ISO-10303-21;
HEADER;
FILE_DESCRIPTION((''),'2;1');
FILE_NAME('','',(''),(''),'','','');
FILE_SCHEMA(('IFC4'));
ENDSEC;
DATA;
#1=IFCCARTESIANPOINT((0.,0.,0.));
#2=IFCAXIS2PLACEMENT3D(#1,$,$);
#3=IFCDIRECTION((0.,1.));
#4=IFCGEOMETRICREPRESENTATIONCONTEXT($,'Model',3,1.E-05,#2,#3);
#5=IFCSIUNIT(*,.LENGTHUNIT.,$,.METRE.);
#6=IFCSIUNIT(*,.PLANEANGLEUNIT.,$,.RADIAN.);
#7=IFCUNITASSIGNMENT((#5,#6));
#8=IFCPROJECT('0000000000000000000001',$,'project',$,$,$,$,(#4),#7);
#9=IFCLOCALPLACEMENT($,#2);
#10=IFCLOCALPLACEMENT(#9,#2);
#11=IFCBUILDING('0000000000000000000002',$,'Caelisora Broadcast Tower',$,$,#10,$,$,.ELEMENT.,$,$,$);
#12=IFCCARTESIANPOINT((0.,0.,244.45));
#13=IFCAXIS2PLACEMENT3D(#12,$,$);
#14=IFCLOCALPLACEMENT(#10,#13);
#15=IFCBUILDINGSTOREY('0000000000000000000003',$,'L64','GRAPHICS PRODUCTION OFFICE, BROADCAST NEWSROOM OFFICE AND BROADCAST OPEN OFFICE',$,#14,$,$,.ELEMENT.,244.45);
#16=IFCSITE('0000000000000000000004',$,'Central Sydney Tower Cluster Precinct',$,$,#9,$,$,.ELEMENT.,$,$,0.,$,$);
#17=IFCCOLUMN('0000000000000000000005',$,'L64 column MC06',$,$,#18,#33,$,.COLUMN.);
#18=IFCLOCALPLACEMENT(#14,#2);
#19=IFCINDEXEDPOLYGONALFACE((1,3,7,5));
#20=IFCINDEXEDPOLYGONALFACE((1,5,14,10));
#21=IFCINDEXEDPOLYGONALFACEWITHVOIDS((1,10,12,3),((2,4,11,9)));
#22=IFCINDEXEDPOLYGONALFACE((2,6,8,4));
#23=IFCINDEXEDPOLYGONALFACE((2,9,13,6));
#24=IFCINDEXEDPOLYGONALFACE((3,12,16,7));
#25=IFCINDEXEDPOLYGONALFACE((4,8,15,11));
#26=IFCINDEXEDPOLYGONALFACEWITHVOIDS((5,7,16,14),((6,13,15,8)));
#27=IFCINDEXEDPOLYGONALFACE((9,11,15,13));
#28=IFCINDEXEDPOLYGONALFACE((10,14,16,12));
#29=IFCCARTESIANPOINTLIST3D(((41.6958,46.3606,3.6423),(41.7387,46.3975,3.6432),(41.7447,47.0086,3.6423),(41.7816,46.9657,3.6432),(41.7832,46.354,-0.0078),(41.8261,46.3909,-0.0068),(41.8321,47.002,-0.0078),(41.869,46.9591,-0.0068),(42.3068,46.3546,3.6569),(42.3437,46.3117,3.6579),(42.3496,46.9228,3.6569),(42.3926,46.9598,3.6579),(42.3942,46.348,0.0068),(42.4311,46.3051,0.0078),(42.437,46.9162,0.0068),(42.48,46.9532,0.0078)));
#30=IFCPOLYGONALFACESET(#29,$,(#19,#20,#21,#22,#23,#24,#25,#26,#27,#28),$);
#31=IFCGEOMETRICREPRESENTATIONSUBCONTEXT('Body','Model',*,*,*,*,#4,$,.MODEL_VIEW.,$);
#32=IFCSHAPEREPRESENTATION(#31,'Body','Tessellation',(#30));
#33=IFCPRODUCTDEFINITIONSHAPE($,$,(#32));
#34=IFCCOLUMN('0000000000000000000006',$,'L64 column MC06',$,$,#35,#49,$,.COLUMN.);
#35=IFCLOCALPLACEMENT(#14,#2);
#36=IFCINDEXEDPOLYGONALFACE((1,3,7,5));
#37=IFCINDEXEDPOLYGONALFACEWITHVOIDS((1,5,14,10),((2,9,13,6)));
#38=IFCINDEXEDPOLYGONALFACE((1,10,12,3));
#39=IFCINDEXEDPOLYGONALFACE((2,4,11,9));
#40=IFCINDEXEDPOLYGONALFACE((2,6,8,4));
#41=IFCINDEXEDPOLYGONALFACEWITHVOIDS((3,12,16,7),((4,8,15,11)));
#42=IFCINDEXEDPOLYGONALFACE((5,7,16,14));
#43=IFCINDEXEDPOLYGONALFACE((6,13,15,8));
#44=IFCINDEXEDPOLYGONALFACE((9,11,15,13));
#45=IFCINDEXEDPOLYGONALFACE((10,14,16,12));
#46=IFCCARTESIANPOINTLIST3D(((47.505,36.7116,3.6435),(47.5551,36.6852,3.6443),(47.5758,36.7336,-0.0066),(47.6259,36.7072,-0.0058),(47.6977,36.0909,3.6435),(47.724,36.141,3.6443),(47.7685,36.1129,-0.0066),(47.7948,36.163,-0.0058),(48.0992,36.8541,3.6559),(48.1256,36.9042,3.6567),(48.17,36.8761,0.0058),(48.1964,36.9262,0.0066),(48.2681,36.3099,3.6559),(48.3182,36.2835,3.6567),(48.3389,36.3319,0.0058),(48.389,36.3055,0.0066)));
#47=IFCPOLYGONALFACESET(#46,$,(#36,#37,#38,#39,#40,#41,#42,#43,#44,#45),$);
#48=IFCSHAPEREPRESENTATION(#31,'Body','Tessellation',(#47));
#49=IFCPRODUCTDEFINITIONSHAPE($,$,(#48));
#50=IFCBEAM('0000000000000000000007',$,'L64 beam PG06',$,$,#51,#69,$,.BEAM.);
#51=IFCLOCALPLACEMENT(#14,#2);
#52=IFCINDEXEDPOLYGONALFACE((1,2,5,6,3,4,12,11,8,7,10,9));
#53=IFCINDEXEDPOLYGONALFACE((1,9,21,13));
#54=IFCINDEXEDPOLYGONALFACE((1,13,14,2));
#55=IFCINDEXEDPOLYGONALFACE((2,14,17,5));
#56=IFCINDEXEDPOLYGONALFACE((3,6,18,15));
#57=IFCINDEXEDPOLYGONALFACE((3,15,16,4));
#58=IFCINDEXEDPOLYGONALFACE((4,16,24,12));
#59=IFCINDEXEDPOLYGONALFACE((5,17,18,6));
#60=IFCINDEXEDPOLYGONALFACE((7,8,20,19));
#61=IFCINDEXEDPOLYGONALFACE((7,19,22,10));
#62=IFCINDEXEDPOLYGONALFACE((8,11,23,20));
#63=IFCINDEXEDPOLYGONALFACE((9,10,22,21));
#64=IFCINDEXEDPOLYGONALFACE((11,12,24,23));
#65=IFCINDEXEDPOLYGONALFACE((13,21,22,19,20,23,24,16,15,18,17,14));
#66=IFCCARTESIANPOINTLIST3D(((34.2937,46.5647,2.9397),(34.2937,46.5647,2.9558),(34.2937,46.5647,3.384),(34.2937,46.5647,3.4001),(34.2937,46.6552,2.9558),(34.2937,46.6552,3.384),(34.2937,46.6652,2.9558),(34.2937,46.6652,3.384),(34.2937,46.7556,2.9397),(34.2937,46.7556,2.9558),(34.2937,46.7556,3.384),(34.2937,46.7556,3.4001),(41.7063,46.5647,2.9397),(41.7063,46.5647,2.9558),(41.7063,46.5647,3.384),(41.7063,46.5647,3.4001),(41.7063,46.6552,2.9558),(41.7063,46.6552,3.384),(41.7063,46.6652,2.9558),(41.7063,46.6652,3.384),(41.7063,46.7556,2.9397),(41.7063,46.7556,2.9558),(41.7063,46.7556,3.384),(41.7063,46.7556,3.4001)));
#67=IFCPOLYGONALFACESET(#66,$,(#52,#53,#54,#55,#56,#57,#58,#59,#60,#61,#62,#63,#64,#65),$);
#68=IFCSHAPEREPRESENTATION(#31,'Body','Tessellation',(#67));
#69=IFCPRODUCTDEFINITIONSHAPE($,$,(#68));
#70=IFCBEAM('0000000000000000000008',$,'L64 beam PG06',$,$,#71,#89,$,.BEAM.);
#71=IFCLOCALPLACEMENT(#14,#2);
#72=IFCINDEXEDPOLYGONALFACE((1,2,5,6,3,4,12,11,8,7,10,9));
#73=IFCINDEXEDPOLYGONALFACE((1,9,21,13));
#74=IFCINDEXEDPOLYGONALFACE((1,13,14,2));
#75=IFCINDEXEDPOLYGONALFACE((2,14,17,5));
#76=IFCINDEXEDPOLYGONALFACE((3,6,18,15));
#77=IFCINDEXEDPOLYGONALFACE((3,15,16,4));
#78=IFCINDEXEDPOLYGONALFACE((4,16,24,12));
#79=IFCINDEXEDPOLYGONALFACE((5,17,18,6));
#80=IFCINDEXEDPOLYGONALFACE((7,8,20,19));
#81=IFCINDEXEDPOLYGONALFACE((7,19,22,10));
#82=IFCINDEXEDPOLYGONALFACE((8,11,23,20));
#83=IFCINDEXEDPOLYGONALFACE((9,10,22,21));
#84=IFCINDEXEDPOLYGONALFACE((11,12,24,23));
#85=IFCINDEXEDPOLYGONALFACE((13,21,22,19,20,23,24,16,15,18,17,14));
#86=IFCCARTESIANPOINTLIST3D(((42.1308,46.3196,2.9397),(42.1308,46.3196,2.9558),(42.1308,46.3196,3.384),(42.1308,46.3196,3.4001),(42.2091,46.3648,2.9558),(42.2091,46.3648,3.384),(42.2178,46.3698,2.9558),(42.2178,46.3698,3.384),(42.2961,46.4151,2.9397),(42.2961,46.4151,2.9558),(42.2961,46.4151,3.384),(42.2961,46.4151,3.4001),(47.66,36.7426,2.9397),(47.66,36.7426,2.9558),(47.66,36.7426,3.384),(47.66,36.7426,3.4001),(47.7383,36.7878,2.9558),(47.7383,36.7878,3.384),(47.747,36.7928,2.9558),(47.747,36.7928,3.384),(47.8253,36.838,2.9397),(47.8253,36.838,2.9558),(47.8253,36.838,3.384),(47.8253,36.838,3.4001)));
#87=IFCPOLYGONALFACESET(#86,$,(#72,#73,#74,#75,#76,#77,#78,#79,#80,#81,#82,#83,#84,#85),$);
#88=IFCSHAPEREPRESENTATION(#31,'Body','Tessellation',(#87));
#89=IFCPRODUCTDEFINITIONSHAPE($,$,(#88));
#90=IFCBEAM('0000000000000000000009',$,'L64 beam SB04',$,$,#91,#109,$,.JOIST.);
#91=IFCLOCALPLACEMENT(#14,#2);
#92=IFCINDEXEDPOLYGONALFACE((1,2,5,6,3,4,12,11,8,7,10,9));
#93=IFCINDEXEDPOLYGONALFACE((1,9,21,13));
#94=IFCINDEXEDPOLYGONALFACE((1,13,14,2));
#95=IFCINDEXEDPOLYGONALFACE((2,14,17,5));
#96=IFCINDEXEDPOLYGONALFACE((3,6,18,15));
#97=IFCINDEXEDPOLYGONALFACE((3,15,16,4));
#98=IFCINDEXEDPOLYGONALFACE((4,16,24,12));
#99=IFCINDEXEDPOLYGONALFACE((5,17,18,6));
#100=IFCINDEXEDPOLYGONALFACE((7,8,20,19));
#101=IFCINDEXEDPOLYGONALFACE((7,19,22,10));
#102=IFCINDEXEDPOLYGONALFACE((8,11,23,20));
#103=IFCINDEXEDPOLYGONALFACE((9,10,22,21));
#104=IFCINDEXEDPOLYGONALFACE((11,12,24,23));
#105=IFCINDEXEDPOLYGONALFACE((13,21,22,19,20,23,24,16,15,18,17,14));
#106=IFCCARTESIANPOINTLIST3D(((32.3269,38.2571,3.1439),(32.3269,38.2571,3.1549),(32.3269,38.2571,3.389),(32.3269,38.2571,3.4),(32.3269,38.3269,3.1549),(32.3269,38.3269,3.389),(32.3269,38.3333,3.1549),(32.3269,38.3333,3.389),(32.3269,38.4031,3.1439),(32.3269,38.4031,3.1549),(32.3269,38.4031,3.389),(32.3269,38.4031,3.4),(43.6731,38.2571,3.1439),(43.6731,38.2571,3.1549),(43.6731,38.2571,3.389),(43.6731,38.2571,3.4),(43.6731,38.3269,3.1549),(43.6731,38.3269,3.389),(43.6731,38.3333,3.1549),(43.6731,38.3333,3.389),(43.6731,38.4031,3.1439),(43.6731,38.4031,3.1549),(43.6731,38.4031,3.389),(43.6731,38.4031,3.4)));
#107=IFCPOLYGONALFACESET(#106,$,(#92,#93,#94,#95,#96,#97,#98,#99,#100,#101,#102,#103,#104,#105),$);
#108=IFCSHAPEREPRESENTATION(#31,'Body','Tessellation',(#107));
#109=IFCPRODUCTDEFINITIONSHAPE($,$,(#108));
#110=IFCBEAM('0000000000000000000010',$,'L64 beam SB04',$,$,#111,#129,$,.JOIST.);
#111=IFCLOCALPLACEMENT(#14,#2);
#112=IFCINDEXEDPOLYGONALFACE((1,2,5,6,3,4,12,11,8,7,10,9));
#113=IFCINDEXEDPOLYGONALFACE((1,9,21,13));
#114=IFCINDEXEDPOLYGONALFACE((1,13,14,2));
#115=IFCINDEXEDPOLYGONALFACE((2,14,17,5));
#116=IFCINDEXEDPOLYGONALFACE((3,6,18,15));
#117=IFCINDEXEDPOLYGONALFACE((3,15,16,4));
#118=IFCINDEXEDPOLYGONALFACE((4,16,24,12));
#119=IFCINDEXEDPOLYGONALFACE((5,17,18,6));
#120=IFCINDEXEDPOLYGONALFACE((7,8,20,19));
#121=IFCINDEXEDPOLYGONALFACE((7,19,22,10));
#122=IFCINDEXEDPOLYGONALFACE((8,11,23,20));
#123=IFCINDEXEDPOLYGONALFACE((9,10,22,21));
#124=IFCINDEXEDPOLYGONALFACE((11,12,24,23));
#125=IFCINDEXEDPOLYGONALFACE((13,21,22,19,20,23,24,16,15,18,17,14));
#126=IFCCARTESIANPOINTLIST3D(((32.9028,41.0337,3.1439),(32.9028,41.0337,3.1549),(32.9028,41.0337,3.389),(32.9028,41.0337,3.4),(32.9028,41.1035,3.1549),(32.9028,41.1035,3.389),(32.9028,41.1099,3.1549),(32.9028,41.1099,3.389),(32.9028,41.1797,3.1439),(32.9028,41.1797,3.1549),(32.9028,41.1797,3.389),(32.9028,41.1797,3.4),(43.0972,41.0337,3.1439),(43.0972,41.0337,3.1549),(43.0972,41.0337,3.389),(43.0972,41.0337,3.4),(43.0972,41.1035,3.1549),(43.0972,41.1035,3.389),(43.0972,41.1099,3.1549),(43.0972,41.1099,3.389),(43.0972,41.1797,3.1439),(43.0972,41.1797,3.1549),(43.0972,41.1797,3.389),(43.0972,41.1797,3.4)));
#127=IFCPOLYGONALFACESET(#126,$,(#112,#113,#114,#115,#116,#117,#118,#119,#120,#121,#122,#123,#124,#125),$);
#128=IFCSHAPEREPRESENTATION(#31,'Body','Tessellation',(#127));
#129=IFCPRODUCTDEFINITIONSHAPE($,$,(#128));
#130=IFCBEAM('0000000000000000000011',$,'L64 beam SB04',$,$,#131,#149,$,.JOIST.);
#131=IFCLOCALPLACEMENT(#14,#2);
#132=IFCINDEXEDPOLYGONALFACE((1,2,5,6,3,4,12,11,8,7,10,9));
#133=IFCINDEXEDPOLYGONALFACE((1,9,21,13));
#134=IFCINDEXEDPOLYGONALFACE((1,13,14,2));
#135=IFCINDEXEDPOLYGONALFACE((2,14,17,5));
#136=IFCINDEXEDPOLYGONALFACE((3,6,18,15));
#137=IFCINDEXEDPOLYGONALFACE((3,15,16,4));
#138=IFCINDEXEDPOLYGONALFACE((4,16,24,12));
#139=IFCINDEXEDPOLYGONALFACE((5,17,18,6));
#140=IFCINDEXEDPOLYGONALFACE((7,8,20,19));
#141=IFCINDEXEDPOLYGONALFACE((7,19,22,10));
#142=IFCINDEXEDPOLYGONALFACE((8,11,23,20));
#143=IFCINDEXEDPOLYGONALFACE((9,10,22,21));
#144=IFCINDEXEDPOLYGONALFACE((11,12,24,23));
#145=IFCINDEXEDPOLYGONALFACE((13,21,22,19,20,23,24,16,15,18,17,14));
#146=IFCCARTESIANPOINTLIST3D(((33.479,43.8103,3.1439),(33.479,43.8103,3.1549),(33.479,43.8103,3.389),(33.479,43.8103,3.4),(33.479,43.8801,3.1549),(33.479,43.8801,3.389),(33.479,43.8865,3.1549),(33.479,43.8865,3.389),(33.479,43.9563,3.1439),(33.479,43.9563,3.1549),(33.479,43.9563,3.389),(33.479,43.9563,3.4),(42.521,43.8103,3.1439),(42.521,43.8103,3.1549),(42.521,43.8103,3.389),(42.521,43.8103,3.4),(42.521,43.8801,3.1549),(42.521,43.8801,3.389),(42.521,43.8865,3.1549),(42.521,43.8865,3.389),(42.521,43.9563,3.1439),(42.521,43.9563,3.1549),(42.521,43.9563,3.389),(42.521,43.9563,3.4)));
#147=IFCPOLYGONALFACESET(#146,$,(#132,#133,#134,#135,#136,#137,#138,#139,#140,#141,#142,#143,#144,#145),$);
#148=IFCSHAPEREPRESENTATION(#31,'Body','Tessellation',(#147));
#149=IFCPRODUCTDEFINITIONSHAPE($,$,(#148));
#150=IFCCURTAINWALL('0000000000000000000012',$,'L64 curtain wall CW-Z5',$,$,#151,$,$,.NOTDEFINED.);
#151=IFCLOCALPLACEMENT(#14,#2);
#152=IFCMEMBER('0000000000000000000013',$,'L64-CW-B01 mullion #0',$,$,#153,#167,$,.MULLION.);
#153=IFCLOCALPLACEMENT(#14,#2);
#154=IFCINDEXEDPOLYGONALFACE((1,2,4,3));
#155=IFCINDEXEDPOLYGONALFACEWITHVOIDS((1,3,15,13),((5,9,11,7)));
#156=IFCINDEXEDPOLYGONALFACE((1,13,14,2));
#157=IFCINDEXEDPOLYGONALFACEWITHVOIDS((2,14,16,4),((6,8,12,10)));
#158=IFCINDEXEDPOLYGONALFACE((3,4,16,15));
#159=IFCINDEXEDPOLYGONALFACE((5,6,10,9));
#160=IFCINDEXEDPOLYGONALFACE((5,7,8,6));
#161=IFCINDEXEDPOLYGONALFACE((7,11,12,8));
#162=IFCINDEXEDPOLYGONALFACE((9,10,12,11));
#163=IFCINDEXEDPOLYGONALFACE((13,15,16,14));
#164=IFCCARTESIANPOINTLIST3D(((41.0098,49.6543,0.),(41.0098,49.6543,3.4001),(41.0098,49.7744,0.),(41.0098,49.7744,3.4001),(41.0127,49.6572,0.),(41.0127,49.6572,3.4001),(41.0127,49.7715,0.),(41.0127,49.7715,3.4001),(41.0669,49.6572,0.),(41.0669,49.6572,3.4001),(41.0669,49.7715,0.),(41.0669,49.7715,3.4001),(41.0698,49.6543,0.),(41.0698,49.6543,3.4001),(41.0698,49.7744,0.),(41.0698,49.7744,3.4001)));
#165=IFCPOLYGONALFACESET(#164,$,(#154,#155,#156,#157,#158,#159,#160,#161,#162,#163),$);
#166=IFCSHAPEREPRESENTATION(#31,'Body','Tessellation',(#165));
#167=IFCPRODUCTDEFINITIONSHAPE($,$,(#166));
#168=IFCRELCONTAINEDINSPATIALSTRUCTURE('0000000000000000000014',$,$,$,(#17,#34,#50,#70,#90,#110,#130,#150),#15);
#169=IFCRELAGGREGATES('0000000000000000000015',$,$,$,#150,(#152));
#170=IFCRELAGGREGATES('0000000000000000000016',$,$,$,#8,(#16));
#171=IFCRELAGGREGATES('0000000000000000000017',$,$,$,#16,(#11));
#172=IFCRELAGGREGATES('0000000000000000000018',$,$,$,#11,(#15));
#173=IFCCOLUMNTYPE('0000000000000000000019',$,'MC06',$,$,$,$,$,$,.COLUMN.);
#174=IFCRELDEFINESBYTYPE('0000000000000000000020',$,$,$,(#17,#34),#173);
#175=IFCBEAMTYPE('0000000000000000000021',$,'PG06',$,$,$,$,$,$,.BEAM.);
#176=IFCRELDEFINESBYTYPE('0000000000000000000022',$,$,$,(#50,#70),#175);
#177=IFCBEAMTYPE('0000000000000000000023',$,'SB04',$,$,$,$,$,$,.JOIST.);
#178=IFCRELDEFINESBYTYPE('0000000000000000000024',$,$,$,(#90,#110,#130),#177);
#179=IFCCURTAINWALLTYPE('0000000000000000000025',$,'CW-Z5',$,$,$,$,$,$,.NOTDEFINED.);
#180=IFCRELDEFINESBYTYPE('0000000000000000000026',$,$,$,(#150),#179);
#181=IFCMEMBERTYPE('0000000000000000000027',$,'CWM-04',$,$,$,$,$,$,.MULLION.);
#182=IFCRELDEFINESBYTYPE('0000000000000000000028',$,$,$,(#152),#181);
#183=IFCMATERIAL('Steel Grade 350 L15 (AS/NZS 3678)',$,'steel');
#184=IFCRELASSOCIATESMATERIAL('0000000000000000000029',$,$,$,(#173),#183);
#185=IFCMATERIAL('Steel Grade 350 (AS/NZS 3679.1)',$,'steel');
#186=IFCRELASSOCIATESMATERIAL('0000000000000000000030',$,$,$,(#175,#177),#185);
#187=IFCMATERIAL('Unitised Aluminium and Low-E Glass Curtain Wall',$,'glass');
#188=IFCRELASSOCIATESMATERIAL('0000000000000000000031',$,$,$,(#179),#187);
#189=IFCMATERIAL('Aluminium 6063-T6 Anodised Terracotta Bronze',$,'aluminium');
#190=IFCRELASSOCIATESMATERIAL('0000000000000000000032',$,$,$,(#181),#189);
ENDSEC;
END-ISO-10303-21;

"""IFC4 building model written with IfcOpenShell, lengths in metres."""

from ifc_helpers import new_model, si_unit, direction, frame, origin, origin_2d, place, context, subcontext, project, spatial, hollow_rectangle, i_section, extrude, source, transform, mapped, material, material_profile, profile_set, type_object, type_shapes, element, aggregate, save


model = new_model("IFC4")

# Units and contexts
model_context = context("Model", 3, precision=1e-05, world=origin(), true_north=direction((0.0, 1.0)))
body_context = subcontext(model_context, "Body", "Model", "MODEL_VIEW")
ifc_project = project(units=[si_unit("LENGTHUNIT", "METRE"), si_unit("PLANEANGLEUNIT", "RADIAN")], contexts=[model_context])

# Site, building, storey
site_placement = place(None, origin())
site = spatial("IfcSite", under=ifc_project, at=site_placement, Name="Central Sydney Tower Cluster Precinct", CompositionType="ELEMENT", RefElevation=0.0)
building_placement = place(site_placement, origin())
building = spatial("IfcBuilding", under=site, at=building_placement, Name="Caelisora Broadcast Tower", CompositionType="ELEMENT")
storey_placement = place(building_placement, frame((0.0, 0.0, 244.45)))
storey = spatial("IfcBuildingStorey", under=building, at=storey_placement, Name="L64", Description="GRAPHICS PRODUCTION OFFICE, BROADCAST NEWSROOM OFFICE AND BROADCAST OPEN OFFICE", CompositionType="ELEMENT", Elevation=244.45)

# Columns
ifc_material_1 = material(Name="Steel Grade 350 L15 (AS/NZS 3678)", Category="steel")
ifc_material_profile_1 = material_profile(ifc_material_1, hollow_rectangle(XDim=0.6499, YDim=0.6499, WallThickness=0.04, at=origin_2d()), Name="Steel Grade 350 L15 (AS/NZS 3678)")
ifc_profile_set_1 = profile_set([ifc_material_profile_1], Name="Steel Grade 350 L15 (AS/NZS 3678)")
column_type = type_object("IfcColumnType", Name="MC06", PredefinedType="COLUMN", material=ifc_profile_set_1)
shared_shape_1 = source(origin(), body_context, "Body", "SweptSolid", [
    extrude(hollow_rectangle(XDim=0.6499, YDim=0.6499, WallThickness=0.04, at=origin_2d()), origin(), (0.0, 0.0, 1.0), 3.6511),
])
column_1_placement = place(storey_placement, frame((42.1316, 46.6536, 0.0), z_axis=(-0.023938, 0.001805, 0.999712), x_axis=(-0.075205, -0.997168, 0.0)))
element("IfcColumn", 1, at=column_1_placement, inside=storey, type_object=column_type, Name="L64 column MC06", PredefinedType="COLUMN", context=body_context, shape_type="MappedRepresentation", body=[
    mapped(shared_shape_1, transform((0.0, 0.0, 0.0), scale=1.0)),
])
shared_shape_2 = source(origin(), body_context, "Body", "SweptSolid", [
    extrude(hollow_rectangle(XDim=0.6499, YDim=0.6499, WallThickness=0.04, at=origin_2d()), origin(), (0.0, 0.0, 1.0), 3.6509),
])
type_shapes(column_type, [shared_shape_1, shared_shape_2])
column_2_placement = place(storey_placement, frame((47.9824, 36.5195, 0.0), z_axis=(-0.019393, -0.006018, 0.999794), x_axis=(0.296399, -0.955064, 0.0)))
element("IfcColumn", 2, at=column_2_placement, inside=storey, type_object=column_type, Name="L64 column MC06", PredefinedType="COLUMN", context=body_context, shape_type="MappedRepresentation", body=[
    mapped(shared_shape_2, transform((0.0, 0.0, 0.0), scale=1.0)),
])

# Beams
ifc_material_2 = material(Name="Steel Grade 350 (AS/NZS 3679.1)", Category="steel")
ifc_material_profile_2 = material_profile(ifc_material_2, i_section(OverallWidth=0.1909, OverallDepth=0.4604, WebThickness=0.01, FlangeThickness=0.0161, at=origin_2d()), Name="Steel Grade 350 (AS/NZS 3679.1)")
ifc_profile_set_2 = profile_set([ifc_material_profile_2], Name="Steel Grade 350 (AS/NZS 3679.1)")
beam_type_1 = type_object("IfcBeamType", Name="PG06", PredefinedType="BEAM", material=ifc_profile_set_2)
shared_shape_3 = source(origin(), body_context, "Body", "SweptSolid", [
    extrude(i_section(OverallWidth=0.1909, OverallDepth=0.4604, WebThickness=0.01, FlangeThickness=0.0161, at=origin_2d()), origin(), (0.0, 0.0, 1.0), 7.4126),
])
beam_1_placement = place(storey_placement, frame((41.7063, 46.6602, 3.1699), z_axis=(-1.0, 0.0, 0.0), x_axis=(0.0, -1.0, 0.0)))
element("IfcBeam", 3, at=beam_1_placement, inside=storey, type_object=beam_type_1, Name="L64 beam PG06", PredefinedType="BEAM", context=body_context, shape_type="MappedRepresentation", body=[
    mapped(shared_shape_3, transform((0.0, 0.0, 0.0), scale=1.0)),
])
shared_shape_4 = source(origin(), body_context, "Body", "SweptSolid", [
    extrude(i_section(OverallWidth=0.1909, OverallDepth=0.4604, WebThickness=0.01, FlangeThickness=0.0161, at=origin_2d()), origin(), (0.0, 0.0, 1.0), 11.0586),
])
type_shapes(beam_type_1, [shared_shape_3, shared_shape_4])
beam_2_placement = place(storey_placement, frame((47.7427, 36.7903, 3.1699), z_axis=(-0.499995, 0.866028, 0.0), x_axis=(-0.866028, -0.499995, 0.0)))
element("IfcBeam", 4, at=beam_2_placement, inside=storey, type_object=beam_type_1, Name="L64 beam PG06", PredefinedType="BEAM", context=body_context, shape_type="MappedRepresentation", body=[
    mapped(shared_shape_4, transform((0.0, 0.0, 0.0), scale=1.0)),
])
ifc_material_profile_3 = material_profile(ifc_material_2, i_section(OverallWidth=0.146, OverallDepth=0.2561, WebThickness=0.0063, FlangeThickness=0.011, at=origin_2d()), Name="Steel Grade 350 (AS/NZS 3679.1)")
ifc_profile_set_3 = profile_set([ifc_material_profile_3], Name="Steel Grade 350 (AS/NZS 3679.1)")
beam_type_2 = type_object("IfcBeamType", Name="SB04", PredefinedType="JOIST", material=ifc_profile_set_3)
shared_shape_5 = source(origin(), body_context, "Body", "SweptSolid", [
    extrude(i_section(OverallWidth=0.146, OverallDepth=0.2561, WebThickness=0.0063, FlangeThickness=0.011, at=origin_2d()), origin(), (0.0, 0.0, 1.0), 11.3462),
])
beam_3_placement = place(storey_placement, frame((43.6731, 38.3301, 3.272), z_axis=(-1.0, 0.0, 0.0), x_axis=(0.0, -1.0, 0.0)))
element("IfcBeam", 5, at=beam_3_placement, inside=storey, type_object=beam_type_2, Name="L64 beam SB04", PredefinedType="JOIST", context=body_context, shape_type="MappedRepresentation", body=[
    mapped(shared_shape_5, transform((0.0, 0.0, 0.0), scale=1.0)),
])
shared_shape_6 = source(origin(), body_context, "Body", "SweptSolid", [
    extrude(i_section(OverallWidth=0.146, OverallDepth=0.2561, WebThickness=0.0063, FlangeThickness=0.011, at=origin_2d()), origin(), (0.0, 0.0, 1.0), 10.1943),
])
beam_4_placement = place(storey_placement, frame((43.0972, 41.1067, 3.272), z_axis=(-1.0, 0.0, 0.0), x_axis=(0.0, -1.0, 0.0)))
element("IfcBeam", 6, at=beam_4_placement, inside=storey, type_object=beam_type_2, Name="L64 beam SB04", PredefinedType="JOIST", context=body_context, shape_type="MappedRepresentation", body=[
    mapped(shared_shape_6, transform((0.0, 0.0, 0.0), scale=1.0)),
])
shared_shape_7 = source(origin(), body_context, "Body", "SweptSolid", [
    extrude(i_section(OverallWidth=0.146, OverallDepth=0.2561, WebThickness=0.0063, FlangeThickness=0.011, at=origin_2d()), origin(), (0.0, 0.0, 1.0), 9.042),
])
type_shapes(beam_type_2, [shared_shape_5, shared_shape_6, shared_shape_7])
beam_5_placement = place(storey_placement, frame((42.521, 43.8833, 3.272), z_axis=(-1.0, 0.0, 0.0), x_axis=(0.0, -1.0, 0.0)))
element("IfcBeam", 7, at=beam_5_placement, inside=storey, type_object=beam_type_2, Name="L64 beam SB04", PredefinedType="JOIST", context=body_context, shape_type="MappedRepresentation", body=[
    mapped(shared_shape_7, transform((0.0, 0.0, 0.0), scale=1.0)),
])

# Curtain wall, member
ifc_material_3 = material(Name="Unitised Aluminium and Low-E Glass Curtain Wall", Category="glass")
curtain_wall_type_1 = type_object("IfcCurtainWallType", Name="CW-Z5", PredefinedType="NOTDEFINED", material=ifc_material_3)
curtain_wall_1_placement = place(storey_placement, origin())
curtain_wall_1 = element("IfcCurtainWall", 8, at=curtain_wall_1_placement, inside=storey, type_object=curtain_wall_type_1, Name="L64 curtain wall CW-Z5", PredefinedType="NOTDEFINED")
ifc_material_4 = material(Name="Aluminium 6063-T6 Anodised Terracotta Bronze", Category="aluminium")
ifc_material_profile_4 = material_profile(ifc_material_4, hollow_rectangle(XDim=0.0601, YDim=0.1201, WallThickness=0.0029, at=origin_2d()), Name="Aluminium 6063-T6 Anodised Terracotta Bronze")
ifc_profile_set_4 = profile_set([ifc_material_profile_4], Name="Aluminium 6063-T6 Anodised Terracotta Bronze")
member_type_1 = type_object("IfcMemberType", Name="CWM-04", PredefinedType="MULLION", material=ifc_profile_set_4)
shared_shape_8 = source(origin(), body_context, "Body", "SweptSolid", [
    extrude(hollow_rectangle(XDim=0.0601, YDim=0.1201, WallThickness=0.0029, at=origin_2d()), origin(), (0.0, 0.0, 1.0), 3.4001),
])
type_shapes(member_type_1, [shared_shape_8])
member_1_placement = place(storey_placement, frame((41.0398, 49.7144, 0.0), z_axis=(0.0, 0.0, 1.0), x_axis=(1.0, 0.0, 0.0)))
member_1 = element("IfcMember", 9, at=member_1_placement, type_object=member_type_1, Name="L64-CW-B01 mullion #0", PredefinedType="MULLION", context=body_context, shape_type="MappedRepresentation", body=[
    mapped(shared_shape_8, transform((0.0, 0.0, 0.0), scale=1.0)),
])

aggregate(curtain_wall_1, [member_1])

save(model, "model.ifc")
